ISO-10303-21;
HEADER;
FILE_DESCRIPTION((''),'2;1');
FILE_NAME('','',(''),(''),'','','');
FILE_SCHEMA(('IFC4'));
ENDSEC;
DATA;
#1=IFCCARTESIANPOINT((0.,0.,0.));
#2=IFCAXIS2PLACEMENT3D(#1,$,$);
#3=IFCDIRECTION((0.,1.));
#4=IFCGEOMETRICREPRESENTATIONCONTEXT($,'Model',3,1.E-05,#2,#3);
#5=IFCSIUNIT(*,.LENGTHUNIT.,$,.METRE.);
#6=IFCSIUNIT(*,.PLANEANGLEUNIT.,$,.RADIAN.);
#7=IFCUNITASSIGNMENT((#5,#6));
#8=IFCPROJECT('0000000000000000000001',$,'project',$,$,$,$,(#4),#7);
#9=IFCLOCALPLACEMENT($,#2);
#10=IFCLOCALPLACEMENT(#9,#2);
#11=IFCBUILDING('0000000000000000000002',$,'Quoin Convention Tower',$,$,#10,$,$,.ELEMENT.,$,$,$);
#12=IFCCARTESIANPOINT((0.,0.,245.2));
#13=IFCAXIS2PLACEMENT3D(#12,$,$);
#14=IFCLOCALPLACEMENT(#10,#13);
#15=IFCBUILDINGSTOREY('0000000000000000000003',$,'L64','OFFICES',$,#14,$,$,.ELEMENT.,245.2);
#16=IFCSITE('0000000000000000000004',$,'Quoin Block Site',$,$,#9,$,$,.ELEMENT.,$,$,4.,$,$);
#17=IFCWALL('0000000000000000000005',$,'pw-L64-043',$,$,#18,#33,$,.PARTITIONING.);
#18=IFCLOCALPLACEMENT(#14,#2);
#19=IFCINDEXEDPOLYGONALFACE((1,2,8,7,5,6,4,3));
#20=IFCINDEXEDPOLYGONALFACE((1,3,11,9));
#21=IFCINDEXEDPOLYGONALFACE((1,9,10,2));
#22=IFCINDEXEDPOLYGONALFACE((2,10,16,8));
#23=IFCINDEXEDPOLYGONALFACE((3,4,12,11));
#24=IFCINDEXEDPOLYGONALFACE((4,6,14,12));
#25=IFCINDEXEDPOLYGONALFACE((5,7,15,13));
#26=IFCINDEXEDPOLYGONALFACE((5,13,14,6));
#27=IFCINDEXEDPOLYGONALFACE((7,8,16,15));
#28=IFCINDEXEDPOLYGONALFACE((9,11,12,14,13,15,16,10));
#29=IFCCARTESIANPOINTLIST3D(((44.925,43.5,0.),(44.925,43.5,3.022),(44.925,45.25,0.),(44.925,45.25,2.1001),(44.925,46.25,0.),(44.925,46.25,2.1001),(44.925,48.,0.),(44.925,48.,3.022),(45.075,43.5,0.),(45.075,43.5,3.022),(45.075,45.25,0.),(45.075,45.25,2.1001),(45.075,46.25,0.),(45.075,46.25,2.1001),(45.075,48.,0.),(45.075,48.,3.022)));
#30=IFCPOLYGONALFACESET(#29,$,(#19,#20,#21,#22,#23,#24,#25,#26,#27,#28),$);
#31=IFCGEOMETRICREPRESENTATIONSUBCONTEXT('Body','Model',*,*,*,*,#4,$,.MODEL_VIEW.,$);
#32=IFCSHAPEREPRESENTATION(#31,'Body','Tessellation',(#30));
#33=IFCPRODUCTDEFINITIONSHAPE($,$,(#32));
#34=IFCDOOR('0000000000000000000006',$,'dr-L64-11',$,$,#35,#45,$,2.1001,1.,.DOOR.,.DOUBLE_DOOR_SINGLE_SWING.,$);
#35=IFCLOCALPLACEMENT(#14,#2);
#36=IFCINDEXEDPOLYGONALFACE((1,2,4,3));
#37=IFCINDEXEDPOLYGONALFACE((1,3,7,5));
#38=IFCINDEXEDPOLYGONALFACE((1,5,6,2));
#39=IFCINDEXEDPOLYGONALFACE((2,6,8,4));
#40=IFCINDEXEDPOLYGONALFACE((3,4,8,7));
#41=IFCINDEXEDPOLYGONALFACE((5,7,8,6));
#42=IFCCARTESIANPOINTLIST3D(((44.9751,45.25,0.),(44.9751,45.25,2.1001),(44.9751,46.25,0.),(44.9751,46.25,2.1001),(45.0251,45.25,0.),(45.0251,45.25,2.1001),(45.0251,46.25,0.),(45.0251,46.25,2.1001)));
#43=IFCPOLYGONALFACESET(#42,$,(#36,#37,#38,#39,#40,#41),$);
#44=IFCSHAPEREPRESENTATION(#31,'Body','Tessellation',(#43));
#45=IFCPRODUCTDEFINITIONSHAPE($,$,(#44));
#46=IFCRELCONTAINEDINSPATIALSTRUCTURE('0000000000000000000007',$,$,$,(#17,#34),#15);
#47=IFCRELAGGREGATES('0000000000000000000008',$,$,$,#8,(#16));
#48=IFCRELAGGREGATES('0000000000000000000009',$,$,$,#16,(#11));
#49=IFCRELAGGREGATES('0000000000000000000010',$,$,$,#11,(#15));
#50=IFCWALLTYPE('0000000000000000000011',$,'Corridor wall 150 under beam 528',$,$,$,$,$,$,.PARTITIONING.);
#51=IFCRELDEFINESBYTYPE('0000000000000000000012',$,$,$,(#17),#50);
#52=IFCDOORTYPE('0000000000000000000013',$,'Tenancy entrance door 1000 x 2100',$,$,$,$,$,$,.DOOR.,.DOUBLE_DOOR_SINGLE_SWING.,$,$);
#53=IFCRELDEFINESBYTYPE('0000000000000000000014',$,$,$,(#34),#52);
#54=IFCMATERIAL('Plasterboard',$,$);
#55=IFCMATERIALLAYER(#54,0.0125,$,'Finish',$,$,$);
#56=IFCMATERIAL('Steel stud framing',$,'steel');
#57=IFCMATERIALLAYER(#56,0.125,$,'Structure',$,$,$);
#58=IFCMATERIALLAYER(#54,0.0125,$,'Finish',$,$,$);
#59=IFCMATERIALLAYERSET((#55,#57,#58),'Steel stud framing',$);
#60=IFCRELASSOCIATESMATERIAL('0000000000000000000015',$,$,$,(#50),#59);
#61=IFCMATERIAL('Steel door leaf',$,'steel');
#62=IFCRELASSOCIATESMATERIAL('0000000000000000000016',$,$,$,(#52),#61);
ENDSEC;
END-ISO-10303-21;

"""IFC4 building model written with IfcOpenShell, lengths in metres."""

from ifc_helpers import new_model, si_unit, direction, frame, frame_2d, origin, place, context, subcontext, project, spatial, rectangle, extrude, material, layer, layer_set, type_object, element, fill, save


model = new_model("IFC4")

# Units and contexts
model_context = context("Model", 3, precision=1e-05, world=origin(), true_north=direction((0.0, 1.0)))
body_context = subcontext(model_context, "Body", "Model", "MODEL_VIEW")
ifc_project = project(units=[si_unit("LENGTHUNIT", "METRE"), si_unit("PLANEANGLEUNIT", "RADIAN")], contexts=[model_context])

# Site, building, storey
site_placement = place(None, origin())
site = spatial("IfcSite", under=ifc_project, at=site_placement, Name="Quoin Block Site", CompositionType="ELEMENT", RefElevation=4.0)
building_placement = place(site_placement, origin())
building = spatial("IfcBuilding", under=site, at=building_placement, Name="Quoin Convention Tower", CompositionType="ELEMENT")
storey_placement = place(building_placement, frame((0.0, 0.0, 245.2)))
storey = spatial("IfcBuildingStorey", under=building, at=storey_placement, Name="L64", Description="OFFICES", CompositionType="ELEMENT", Elevation=245.2)

# Shared definitions
ifc_material_1 = material(Name="Plasterboard")
ifc_material_2 = material(Name="Steel stud framing", Category="steel")
ifc_layer_1 = layer(ifc_material_1, 0.0125, Name="Finish")
ifc_layer_2 = layer(ifc_material_2, 0.125, Name="Structure")
ifc_layer_3 = layer(ifc_material_1, 0.0125, Name="Finish")
ifc_layer_set_1 = layer_set([ifc_layer_1, ifc_layer_2, ifc_layer_3], Name="Steel stud framing")
wall_type_1 = type_object("IfcWallType", Name="Corridor wall 150 under beam 528", PredefinedType="PARTITIONING", material=ifc_layer_set_1)

# Wall, opening, door
wall_1_placement = place(storey_placement, frame((45.0, 43.5, 0.0), z_axis=(0.0, 0.0, 1.0), x_axis=(0.0, 1.0, 0.0)))
wall_1 = element("IfcWall", 1, at=wall_1_placement, inside=storey, type_object=wall_type_1, Name="pw-L64-043", PredefinedType="PARTITIONING", context=body_context, shape_type="SweptSolid", body=[
    extrude(rectangle(XDim=4.5, YDim=0.1499, at=frame_2d((2.25, 0.0))), origin(), (0.0, 0.0, 1.0), 3.022),
])
opening_placement = place(wall_1_placement, frame((1.75, 0.0, 0.0)))
opening = element("IfcOpeningElement", 2, at=opening_placement, cuts=wall_1, PredefinedType="OPENING", context=body_context, shape_type="SweptSolid", body=[
    extrude(rectangle(XDim=1.0, YDim=2.1001, at=frame_2d((0.5, 1.05))), frame((0.0, 0.085, 0.0), z_axis=(0.0, -1.0, 0.0), x_axis=(1.0, 0.0, 0.0)), (0.0, 0.0, 1.0), 0.1699),
])
ifc_material_3 = material(Name="Steel door leaf", Category="steel")
door_type = type_object("IfcDoorType", Name="Tenancy entrance door 1000 x 2100", OperationType="DOUBLE_DOOR_SINGLE_SWING", PredefinedType="DOOR", material=ifc_material_3)
door_placement = place(opening_placement, origin())
door = element("IfcDoor", 3, at=door_placement, inside=storey, type_object=door_type, Name="dr-L64-11", OperationType="DOUBLE_DOOR_SINGLE_SWING", OverallHeight=2.1001, OverallWidth=1.0, PredefinedType="DOOR", context=body_context, shape_type="SweptSolid", body=[
    extrude(rectangle(XDim=1.0, YDim=2.1001, at=frame_2d((0.5, 1.05))), frame((0.0, 0.0249, 0.0), z_axis=(0.0, -1.0, 0.0), x_axis=(1.0, 0.0, 0.0)), (0.0, 0.0, 1.0), 0.05),
])
fill(opening, door)

save(model, "model.ifc")
